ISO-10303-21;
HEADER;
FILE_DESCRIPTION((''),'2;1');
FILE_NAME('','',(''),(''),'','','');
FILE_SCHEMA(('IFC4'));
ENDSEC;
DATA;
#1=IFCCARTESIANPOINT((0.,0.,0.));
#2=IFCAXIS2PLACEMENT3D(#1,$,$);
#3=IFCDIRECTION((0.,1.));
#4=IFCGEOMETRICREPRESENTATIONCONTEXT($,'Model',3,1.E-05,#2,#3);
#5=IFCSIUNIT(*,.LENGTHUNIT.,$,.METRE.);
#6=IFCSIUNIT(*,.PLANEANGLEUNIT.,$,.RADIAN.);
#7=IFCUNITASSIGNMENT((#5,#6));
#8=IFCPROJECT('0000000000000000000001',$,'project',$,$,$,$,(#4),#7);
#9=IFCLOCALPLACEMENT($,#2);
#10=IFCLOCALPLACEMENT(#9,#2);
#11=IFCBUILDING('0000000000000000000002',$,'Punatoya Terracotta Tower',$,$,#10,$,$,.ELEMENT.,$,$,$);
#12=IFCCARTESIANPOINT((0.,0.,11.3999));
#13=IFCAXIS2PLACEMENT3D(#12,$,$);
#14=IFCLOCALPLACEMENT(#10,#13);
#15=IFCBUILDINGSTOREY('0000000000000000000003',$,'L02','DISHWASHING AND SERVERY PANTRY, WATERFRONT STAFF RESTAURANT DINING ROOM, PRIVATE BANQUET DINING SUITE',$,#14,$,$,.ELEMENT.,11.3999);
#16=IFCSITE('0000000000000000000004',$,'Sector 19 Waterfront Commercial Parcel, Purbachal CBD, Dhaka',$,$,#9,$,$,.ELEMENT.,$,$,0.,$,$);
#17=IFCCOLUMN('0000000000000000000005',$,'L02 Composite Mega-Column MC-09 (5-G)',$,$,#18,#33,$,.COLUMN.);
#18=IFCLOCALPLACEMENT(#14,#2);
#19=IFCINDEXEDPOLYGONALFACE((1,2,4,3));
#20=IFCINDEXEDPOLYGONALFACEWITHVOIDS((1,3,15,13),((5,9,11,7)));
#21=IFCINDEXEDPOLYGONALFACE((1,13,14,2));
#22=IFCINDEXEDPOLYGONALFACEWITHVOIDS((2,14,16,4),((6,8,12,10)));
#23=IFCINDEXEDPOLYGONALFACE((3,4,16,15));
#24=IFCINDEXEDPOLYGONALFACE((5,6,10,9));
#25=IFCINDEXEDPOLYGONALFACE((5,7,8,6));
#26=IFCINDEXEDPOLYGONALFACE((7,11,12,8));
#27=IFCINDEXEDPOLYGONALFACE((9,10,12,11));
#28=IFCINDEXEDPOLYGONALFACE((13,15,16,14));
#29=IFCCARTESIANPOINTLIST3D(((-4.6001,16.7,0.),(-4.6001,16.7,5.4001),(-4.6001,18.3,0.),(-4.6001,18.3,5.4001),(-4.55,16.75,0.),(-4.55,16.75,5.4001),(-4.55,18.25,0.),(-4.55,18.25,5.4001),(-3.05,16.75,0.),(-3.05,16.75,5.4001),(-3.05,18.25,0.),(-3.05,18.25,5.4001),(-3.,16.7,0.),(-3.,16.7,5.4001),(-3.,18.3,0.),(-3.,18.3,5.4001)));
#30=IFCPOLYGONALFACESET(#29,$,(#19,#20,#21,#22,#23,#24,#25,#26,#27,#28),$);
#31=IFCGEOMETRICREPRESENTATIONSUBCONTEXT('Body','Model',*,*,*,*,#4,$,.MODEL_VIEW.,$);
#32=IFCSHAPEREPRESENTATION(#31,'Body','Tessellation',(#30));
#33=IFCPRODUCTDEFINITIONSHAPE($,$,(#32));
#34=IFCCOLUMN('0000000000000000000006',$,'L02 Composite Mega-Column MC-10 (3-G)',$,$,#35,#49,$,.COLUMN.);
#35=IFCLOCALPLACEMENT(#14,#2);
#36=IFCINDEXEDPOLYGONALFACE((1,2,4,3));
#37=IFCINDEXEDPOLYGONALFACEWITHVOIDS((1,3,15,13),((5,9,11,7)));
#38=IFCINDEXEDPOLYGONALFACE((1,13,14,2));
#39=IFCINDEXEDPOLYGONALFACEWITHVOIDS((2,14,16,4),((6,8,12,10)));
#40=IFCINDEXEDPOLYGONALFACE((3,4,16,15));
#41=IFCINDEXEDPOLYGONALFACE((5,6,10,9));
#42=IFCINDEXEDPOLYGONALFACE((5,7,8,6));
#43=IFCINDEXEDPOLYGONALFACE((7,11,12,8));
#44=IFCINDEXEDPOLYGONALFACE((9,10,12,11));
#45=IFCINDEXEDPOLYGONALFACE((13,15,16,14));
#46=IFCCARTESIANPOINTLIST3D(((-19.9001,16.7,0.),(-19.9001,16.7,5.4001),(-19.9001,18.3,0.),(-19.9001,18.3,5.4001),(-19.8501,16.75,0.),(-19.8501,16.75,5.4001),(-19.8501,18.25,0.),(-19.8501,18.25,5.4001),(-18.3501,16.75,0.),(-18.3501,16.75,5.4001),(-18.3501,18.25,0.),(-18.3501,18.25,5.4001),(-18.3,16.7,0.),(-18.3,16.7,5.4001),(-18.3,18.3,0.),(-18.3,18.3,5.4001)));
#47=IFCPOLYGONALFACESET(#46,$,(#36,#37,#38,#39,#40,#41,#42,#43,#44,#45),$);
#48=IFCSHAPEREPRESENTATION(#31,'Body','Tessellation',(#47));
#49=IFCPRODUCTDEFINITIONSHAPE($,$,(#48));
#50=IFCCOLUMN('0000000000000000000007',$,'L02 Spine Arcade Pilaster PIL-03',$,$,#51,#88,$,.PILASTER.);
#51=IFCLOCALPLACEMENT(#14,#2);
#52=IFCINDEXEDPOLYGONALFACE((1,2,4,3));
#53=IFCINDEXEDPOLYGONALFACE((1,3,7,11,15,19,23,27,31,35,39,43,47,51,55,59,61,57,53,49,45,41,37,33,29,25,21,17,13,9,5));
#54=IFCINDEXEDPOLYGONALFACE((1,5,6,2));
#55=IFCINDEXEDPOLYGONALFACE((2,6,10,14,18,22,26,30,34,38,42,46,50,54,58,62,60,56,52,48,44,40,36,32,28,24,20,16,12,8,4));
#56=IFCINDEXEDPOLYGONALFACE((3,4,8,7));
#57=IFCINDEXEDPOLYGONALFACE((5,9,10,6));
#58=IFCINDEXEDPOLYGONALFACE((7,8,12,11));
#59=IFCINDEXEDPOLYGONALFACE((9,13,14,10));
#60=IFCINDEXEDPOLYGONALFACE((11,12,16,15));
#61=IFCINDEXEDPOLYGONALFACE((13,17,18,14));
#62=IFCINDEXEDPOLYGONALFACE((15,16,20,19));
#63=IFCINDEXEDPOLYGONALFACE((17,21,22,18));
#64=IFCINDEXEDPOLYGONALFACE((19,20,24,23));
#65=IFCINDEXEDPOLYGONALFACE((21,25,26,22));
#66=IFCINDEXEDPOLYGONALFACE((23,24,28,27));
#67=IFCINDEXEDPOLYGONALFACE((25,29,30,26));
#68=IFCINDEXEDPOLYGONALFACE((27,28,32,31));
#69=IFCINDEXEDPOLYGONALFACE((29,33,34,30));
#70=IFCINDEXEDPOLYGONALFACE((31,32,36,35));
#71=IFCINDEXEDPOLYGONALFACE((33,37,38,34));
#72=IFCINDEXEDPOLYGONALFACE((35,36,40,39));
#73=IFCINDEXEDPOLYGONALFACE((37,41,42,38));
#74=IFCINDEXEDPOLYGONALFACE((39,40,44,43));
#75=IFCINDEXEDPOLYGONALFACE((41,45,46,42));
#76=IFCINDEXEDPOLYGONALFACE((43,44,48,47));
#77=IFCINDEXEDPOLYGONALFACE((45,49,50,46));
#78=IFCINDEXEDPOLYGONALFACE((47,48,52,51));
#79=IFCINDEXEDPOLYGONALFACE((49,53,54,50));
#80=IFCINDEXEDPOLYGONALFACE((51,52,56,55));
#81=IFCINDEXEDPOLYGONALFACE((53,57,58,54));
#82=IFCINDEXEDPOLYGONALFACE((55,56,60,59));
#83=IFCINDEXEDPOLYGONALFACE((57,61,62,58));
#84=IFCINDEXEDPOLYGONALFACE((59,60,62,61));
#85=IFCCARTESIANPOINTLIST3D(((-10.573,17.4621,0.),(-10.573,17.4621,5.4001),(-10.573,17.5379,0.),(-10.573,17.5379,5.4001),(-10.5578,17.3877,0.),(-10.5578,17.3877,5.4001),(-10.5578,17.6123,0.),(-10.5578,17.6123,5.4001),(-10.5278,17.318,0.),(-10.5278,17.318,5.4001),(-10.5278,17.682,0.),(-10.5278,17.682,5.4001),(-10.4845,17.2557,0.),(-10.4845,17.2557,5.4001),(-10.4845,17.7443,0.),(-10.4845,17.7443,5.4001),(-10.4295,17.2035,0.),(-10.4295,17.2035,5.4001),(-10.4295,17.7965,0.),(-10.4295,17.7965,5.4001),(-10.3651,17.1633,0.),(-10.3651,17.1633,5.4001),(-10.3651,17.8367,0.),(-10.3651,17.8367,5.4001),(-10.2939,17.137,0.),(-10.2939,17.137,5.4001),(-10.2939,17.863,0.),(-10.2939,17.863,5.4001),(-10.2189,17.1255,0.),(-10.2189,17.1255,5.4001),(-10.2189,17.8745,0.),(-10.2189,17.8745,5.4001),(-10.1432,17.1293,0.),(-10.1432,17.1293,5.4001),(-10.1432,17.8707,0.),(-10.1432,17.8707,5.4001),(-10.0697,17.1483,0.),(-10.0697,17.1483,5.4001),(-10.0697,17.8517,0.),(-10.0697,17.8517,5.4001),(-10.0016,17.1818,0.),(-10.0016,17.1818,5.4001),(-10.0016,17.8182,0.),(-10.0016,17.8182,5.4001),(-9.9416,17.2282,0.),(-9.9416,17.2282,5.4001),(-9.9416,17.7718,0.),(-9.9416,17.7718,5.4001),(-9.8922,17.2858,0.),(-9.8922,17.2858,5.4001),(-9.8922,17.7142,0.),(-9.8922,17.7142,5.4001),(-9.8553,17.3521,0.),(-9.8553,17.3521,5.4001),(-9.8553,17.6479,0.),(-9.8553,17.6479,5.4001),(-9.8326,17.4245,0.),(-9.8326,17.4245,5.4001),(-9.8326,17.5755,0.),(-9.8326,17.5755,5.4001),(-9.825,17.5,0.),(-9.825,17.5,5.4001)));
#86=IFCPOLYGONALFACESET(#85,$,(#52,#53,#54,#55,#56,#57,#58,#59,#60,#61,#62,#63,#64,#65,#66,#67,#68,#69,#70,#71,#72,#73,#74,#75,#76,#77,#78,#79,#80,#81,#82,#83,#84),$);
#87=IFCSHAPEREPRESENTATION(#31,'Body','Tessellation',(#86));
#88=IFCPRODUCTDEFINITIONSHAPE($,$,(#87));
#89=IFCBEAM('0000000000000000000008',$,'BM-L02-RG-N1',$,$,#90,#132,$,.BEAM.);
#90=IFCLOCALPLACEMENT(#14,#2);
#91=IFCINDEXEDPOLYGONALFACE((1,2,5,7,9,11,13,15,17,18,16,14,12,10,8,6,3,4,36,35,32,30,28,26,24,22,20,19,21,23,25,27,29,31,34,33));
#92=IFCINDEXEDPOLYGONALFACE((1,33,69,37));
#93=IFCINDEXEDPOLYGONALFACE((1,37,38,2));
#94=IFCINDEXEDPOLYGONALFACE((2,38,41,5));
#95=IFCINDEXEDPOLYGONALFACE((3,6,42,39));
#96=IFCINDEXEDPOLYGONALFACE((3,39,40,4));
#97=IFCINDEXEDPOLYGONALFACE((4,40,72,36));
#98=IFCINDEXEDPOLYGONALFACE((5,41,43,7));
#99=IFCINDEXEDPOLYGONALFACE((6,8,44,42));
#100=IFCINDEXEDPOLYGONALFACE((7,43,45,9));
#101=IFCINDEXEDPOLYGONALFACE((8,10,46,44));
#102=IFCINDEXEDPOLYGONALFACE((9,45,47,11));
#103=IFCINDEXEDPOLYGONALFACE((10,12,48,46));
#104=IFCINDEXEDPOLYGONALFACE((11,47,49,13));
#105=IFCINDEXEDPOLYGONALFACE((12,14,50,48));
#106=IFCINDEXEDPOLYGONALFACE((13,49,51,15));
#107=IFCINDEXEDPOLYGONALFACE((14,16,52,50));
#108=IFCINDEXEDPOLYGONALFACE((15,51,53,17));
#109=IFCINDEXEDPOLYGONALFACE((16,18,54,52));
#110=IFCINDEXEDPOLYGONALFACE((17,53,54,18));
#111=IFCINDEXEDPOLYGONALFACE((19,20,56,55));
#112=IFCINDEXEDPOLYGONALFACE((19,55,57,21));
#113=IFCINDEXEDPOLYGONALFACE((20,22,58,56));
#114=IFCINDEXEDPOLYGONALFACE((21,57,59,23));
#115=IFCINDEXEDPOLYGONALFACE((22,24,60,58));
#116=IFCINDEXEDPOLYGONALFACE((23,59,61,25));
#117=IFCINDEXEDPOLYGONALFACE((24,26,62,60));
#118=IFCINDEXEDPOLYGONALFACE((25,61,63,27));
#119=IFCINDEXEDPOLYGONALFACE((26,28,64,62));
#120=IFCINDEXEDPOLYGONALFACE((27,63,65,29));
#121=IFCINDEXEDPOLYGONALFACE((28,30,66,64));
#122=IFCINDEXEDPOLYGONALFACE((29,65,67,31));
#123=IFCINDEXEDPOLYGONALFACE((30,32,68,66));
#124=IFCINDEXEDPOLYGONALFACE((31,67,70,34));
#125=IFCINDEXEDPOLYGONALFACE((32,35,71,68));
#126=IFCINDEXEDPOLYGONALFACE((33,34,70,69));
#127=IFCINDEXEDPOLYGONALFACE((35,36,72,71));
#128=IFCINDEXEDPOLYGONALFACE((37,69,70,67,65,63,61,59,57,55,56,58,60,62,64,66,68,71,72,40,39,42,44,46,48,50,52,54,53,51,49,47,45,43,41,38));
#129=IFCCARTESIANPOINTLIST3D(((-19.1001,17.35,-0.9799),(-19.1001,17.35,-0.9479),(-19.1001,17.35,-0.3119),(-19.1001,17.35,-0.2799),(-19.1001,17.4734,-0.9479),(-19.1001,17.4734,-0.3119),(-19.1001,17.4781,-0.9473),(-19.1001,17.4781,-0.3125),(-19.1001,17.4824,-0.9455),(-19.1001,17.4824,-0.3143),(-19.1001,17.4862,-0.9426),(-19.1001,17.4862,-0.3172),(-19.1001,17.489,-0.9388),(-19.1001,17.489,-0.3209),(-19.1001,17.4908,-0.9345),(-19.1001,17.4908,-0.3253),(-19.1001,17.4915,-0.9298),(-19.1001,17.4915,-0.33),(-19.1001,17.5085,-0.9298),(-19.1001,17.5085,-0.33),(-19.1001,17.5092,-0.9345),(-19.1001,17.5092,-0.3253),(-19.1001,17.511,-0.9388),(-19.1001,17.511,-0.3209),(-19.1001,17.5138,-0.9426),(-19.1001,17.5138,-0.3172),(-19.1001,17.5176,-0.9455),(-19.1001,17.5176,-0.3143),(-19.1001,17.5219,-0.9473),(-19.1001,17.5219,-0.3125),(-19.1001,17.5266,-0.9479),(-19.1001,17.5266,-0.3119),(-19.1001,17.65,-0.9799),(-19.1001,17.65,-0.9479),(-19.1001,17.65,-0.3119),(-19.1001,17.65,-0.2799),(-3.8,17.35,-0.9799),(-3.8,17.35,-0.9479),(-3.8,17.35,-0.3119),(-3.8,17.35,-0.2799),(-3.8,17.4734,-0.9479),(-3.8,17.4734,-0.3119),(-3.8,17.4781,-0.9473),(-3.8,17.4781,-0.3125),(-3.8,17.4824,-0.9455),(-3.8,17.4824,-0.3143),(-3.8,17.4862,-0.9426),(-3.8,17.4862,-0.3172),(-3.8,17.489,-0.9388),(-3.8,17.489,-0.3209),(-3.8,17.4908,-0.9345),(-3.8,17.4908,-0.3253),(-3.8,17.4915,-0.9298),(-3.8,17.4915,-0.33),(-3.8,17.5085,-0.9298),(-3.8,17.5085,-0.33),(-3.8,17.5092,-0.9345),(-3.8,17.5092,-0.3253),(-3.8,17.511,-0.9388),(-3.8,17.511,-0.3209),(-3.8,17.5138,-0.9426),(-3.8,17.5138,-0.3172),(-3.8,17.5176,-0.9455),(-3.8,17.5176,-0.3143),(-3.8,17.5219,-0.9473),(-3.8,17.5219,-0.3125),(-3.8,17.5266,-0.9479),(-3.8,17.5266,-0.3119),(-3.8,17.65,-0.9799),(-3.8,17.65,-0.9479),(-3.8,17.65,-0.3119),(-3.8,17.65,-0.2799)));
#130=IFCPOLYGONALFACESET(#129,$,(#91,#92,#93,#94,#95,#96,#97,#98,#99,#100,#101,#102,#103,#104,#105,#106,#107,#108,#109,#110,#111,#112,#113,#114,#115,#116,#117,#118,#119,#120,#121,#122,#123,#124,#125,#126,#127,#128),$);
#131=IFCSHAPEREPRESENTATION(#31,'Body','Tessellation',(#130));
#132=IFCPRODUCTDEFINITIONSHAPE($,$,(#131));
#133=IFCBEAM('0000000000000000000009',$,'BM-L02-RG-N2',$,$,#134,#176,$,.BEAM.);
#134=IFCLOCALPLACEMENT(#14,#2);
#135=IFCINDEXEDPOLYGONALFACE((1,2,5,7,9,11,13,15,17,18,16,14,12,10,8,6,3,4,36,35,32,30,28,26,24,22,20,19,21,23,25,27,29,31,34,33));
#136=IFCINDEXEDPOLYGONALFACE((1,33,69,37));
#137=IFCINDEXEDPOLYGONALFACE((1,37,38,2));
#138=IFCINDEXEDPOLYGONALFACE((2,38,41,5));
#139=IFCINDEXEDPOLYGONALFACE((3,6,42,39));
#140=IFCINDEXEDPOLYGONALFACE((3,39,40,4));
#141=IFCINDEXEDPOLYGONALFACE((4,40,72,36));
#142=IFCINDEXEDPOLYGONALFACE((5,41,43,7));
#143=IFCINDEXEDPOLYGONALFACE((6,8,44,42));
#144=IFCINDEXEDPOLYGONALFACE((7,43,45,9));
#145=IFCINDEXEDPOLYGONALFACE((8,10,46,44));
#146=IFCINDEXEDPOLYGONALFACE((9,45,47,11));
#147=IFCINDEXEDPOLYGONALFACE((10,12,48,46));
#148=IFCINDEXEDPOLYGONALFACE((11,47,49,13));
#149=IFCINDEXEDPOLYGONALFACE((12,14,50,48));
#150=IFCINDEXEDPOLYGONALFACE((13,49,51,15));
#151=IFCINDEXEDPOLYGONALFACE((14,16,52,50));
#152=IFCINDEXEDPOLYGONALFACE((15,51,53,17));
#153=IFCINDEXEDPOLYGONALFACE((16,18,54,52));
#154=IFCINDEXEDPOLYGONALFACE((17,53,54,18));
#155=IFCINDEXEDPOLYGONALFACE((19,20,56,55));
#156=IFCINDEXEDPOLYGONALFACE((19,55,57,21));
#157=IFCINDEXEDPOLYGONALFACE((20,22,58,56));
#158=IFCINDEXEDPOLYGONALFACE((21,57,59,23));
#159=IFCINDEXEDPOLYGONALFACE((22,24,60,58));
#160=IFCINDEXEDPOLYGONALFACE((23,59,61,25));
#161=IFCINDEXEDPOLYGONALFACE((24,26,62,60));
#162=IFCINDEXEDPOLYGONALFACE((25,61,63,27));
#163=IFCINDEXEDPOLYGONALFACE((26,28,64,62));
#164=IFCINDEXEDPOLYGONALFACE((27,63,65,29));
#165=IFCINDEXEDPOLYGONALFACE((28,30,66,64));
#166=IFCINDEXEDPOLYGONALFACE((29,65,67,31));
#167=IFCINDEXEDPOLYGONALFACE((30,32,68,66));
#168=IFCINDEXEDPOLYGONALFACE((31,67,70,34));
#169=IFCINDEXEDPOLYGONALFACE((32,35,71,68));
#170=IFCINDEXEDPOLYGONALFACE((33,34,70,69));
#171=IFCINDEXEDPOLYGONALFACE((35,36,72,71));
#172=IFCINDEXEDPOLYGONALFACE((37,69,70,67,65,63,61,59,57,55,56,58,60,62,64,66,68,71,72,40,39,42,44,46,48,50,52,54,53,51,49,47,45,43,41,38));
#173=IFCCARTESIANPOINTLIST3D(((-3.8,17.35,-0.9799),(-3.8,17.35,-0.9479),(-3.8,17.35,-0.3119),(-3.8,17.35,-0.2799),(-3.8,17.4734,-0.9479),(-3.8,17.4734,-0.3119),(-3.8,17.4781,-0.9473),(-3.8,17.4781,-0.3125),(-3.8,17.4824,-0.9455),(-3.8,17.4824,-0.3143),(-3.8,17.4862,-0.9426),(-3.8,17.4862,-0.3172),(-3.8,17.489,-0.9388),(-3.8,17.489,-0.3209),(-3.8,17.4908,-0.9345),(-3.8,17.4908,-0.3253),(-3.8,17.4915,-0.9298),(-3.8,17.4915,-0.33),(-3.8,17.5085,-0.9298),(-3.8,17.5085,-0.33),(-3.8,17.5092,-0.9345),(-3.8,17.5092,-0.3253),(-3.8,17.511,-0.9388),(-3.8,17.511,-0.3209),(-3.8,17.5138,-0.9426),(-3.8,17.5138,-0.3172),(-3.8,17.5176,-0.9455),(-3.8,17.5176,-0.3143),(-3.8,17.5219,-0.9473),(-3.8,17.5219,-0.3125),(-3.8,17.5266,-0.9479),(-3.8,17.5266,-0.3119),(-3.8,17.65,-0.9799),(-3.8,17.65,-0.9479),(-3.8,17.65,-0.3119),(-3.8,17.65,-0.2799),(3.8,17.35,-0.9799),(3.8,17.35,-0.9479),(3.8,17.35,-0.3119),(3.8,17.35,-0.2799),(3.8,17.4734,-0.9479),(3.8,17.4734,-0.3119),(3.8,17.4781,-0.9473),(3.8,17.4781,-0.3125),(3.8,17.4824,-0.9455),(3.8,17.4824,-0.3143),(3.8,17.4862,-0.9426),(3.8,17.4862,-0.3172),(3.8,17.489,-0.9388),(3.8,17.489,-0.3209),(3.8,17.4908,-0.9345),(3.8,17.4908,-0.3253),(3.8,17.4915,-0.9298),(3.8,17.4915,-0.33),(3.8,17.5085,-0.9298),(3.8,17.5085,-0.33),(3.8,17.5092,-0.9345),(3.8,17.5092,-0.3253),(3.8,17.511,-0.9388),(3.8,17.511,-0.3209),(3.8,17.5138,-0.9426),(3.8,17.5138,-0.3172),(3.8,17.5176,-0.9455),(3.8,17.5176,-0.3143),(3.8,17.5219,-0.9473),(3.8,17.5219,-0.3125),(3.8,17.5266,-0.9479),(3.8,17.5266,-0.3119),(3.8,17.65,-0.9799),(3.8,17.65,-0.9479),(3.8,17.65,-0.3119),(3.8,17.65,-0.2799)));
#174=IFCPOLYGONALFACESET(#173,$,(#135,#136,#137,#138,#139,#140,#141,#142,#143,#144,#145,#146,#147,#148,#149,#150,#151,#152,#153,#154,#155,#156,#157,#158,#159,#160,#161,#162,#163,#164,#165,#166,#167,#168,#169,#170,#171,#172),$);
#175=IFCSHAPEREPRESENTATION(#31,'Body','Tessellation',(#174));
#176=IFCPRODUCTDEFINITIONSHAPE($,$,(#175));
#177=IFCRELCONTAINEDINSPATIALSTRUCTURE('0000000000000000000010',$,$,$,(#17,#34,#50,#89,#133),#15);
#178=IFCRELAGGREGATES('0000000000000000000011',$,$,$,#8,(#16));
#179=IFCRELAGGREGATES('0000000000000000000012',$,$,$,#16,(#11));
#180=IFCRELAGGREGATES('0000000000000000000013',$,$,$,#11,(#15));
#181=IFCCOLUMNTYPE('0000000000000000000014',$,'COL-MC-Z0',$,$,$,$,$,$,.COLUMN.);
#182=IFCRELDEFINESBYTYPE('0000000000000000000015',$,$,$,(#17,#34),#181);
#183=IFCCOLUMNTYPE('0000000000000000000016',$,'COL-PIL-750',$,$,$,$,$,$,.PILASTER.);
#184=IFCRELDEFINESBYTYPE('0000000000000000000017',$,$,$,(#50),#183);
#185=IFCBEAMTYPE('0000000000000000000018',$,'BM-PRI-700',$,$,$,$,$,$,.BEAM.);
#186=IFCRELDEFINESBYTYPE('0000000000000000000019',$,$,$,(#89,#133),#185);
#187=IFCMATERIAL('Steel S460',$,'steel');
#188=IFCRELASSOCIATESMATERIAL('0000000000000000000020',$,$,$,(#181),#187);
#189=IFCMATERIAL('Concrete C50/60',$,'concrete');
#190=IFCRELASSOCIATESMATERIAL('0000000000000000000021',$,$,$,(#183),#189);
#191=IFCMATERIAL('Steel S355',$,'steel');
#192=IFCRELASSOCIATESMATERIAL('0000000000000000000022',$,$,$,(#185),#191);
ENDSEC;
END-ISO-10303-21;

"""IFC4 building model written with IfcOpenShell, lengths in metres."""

from ifc_helpers import new_model, si_unit, direction, frame, origin, origin_2d, place, context, subcontext, project, spatial, hollow_rectangle, circle, i_section, extrude, material, material_profile, profile_set, type_object, element, save


model = new_model("IFC4")

# Units and contexts
model_context = context("Model", 3, precision=1e-05, world=origin(), true_north=direction((0.0, 1.0)))
body_context = subcontext(model_context, "Body", "Model", "MODEL_VIEW")
ifc_project = project(units=[si_unit("LENGTHUNIT", "METRE"), si_unit("PLANEANGLEUNIT", "RADIAN")], contexts=[model_context])

# Site, building, storey
site_placement = place(None, origin())
site = spatial("IfcSite", under=ifc_project, at=site_placement, Name="Sector 19 Waterfront Commercial Parcel, Purbachal CBD, Dhaka", CompositionType="ELEMENT", RefElevation=0.0)
building_placement = place(site_placement, origin())
building = spatial("IfcBuilding", under=site, at=building_placement, Name="Punatoya Terracotta Tower", CompositionType="ELEMENT")
storey_placement = place(building_placement, frame((0.0, 0.0, 11.3999)))
storey = spatial("IfcBuildingStorey", under=building, at=storey_placement, Name="L02", Description="DISHWASHING AND SERVERY PANTRY, WATERFRONT STAFF RESTAURANT DINING ROOM, PRIVATE BANQUET DINING SUITE", CompositionType="ELEMENT", Elevation=11.3999)

# Columns
ifc_material_1 = material(Name="Steel S460", Category="steel")
ifc_material_profile_1 = material_profile(ifc_material_1, hollow_rectangle(XDim=1.6001, YDim=1.6001, WallThickness=0.05, at=origin_2d()))
ifc_profile_set_1 = profile_set([ifc_material_profile_1], Name="Steel S460")
column_type_1 = type_object("IfcColumnType", Name="COL-MC-Z0", PredefinedType="COLUMN", material=ifc_profile_set_1)
for number, where, z_axis, x_axis, name in (
    (1, (-3.8, 17.5, 0.0), (0.0, 0.0, 1.0), (1.0, 0.0, 0.0), "L02 Composite Mega-Column MC-09 (5-G)"),
    (2, (-19.1001, 17.5, 0.0), (0.0, 0.0, 1.0), (1.0, 0.0, 0.0), "L02 Composite Mega-Column MC-10 (3-G)"),
):
    element("IfcColumn", number, at=place(storey_placement, frame(where, z_axis=z_axis, x_axis=x_axis)), inside=storey, type_object=column_type_1, Name=name, PredefinedType="COLUMN", context=body_context, shape_type="SweptSolid", body=[
        extrude(hollow_rectangle(XDim=1.6001, YDim=1.6001, WallThickness=0.05, at=origin_2d()), origin(), (0.0, 0.0, 1.0), 5.4001),
    ])
ifc_material_2 = material(Name="Concrete C50/60", Category="concrete")
ifc_material_profile_2 = material_profile(ifc_material_2, circle(Radius=0.375, at=origin_2d()))
ifc_profile_set_2 = profile_set([ifc_material_profile_2], Name="Concrete C50/60")
column_type_2 = type_object("IfcColumnType", Name="COL-PIL-750", PredefinedType="PILASTER", material=ifc_profile_set_2)
column_placement = place(storey_placement, frame((-10.2, 17.5, 0.0), z_axis=(0.0, 0.0, 1.0), x_axis=(1.0, 0.0, 0.0)))
element("IfcColumn", 3, at=column_placement, inside=storey, type_object=column_type_2, Name="L02 Spine Arcade Pilaster PIL-03", PredefinedType="PILASTER", context=body_context, shape_type="SweptSolid", body=[
    extrude(circle(Radius=0.375, at=origin_2d()), origin(), (0.0, 0.0, 1.0), 5.4001),
])

# Beams
ifc_material_3 = material(Name="Steel S355", Category="steel")
ifc_material_profile_3 = material_profile(ifc_material_3, i_section(OverallWidth=0.3, OverallDepth=0.7, WebThickness=0.0171, FlangeThickness=0.032, FilletRadius=0.0181, at=origin_2d()))
ifc_profile_set_3 = profile_set([ifc_material_profile_3], Name="Steel S355")
beam_type_1 = type_object("IfcBeamType", Name="BM-PRI-700", PredefinedType="BEAM", material=ifc_profile_set_3)
beam_1_placement = place(storey_placement, frame((-19.1001, 17.5, -0.6299), z_axis=(1.0, 0.0, 0.0), x_axis=(0.0, 1.0, 0.0)))
element("IfcBeam", 4, at=beam_1_placement, inside=storey, type_object=beam_type_1, Name="BM-L02-RG-N1", PredefinedType="BEAM", context=body_context, shape_type="SweptSolid", body=[
    extrude(i_section(OverallWidth=0.3, OverallDepth=0.7, WebThickness=0.0171, FlangeThickness=0.032, FilletRadius=0.0181, at=origin_2d()), origin(), (0.0, 0.0, 1.0), 15.3),
])
beam_2_placement = place(storey_placement, frame((-3.8, 17.5, -0.6299), z_axis=(1.0, 0.0, 0.0), x_axis=(0.0, 1.0, 0.0)))
element("IfcBeam", 5, at=beam_2_placement, inside=storey, type_object=beam_type_1, Name="BM-L02-RG-N2", PredefinedType="BEAM", context=body_context, shape_type="SweptSolid", body=[
    extrude(i_section(OverallWidth=0.3, OverallDepth=0.7, WebThickness=0.0171, FlangeThickness=0.032, FilletRadius=0.0181, at=origin_2d()), origin(), (0.0, 0.0, 1.0), 7.6001),
])

save(model, "model.ifc")
